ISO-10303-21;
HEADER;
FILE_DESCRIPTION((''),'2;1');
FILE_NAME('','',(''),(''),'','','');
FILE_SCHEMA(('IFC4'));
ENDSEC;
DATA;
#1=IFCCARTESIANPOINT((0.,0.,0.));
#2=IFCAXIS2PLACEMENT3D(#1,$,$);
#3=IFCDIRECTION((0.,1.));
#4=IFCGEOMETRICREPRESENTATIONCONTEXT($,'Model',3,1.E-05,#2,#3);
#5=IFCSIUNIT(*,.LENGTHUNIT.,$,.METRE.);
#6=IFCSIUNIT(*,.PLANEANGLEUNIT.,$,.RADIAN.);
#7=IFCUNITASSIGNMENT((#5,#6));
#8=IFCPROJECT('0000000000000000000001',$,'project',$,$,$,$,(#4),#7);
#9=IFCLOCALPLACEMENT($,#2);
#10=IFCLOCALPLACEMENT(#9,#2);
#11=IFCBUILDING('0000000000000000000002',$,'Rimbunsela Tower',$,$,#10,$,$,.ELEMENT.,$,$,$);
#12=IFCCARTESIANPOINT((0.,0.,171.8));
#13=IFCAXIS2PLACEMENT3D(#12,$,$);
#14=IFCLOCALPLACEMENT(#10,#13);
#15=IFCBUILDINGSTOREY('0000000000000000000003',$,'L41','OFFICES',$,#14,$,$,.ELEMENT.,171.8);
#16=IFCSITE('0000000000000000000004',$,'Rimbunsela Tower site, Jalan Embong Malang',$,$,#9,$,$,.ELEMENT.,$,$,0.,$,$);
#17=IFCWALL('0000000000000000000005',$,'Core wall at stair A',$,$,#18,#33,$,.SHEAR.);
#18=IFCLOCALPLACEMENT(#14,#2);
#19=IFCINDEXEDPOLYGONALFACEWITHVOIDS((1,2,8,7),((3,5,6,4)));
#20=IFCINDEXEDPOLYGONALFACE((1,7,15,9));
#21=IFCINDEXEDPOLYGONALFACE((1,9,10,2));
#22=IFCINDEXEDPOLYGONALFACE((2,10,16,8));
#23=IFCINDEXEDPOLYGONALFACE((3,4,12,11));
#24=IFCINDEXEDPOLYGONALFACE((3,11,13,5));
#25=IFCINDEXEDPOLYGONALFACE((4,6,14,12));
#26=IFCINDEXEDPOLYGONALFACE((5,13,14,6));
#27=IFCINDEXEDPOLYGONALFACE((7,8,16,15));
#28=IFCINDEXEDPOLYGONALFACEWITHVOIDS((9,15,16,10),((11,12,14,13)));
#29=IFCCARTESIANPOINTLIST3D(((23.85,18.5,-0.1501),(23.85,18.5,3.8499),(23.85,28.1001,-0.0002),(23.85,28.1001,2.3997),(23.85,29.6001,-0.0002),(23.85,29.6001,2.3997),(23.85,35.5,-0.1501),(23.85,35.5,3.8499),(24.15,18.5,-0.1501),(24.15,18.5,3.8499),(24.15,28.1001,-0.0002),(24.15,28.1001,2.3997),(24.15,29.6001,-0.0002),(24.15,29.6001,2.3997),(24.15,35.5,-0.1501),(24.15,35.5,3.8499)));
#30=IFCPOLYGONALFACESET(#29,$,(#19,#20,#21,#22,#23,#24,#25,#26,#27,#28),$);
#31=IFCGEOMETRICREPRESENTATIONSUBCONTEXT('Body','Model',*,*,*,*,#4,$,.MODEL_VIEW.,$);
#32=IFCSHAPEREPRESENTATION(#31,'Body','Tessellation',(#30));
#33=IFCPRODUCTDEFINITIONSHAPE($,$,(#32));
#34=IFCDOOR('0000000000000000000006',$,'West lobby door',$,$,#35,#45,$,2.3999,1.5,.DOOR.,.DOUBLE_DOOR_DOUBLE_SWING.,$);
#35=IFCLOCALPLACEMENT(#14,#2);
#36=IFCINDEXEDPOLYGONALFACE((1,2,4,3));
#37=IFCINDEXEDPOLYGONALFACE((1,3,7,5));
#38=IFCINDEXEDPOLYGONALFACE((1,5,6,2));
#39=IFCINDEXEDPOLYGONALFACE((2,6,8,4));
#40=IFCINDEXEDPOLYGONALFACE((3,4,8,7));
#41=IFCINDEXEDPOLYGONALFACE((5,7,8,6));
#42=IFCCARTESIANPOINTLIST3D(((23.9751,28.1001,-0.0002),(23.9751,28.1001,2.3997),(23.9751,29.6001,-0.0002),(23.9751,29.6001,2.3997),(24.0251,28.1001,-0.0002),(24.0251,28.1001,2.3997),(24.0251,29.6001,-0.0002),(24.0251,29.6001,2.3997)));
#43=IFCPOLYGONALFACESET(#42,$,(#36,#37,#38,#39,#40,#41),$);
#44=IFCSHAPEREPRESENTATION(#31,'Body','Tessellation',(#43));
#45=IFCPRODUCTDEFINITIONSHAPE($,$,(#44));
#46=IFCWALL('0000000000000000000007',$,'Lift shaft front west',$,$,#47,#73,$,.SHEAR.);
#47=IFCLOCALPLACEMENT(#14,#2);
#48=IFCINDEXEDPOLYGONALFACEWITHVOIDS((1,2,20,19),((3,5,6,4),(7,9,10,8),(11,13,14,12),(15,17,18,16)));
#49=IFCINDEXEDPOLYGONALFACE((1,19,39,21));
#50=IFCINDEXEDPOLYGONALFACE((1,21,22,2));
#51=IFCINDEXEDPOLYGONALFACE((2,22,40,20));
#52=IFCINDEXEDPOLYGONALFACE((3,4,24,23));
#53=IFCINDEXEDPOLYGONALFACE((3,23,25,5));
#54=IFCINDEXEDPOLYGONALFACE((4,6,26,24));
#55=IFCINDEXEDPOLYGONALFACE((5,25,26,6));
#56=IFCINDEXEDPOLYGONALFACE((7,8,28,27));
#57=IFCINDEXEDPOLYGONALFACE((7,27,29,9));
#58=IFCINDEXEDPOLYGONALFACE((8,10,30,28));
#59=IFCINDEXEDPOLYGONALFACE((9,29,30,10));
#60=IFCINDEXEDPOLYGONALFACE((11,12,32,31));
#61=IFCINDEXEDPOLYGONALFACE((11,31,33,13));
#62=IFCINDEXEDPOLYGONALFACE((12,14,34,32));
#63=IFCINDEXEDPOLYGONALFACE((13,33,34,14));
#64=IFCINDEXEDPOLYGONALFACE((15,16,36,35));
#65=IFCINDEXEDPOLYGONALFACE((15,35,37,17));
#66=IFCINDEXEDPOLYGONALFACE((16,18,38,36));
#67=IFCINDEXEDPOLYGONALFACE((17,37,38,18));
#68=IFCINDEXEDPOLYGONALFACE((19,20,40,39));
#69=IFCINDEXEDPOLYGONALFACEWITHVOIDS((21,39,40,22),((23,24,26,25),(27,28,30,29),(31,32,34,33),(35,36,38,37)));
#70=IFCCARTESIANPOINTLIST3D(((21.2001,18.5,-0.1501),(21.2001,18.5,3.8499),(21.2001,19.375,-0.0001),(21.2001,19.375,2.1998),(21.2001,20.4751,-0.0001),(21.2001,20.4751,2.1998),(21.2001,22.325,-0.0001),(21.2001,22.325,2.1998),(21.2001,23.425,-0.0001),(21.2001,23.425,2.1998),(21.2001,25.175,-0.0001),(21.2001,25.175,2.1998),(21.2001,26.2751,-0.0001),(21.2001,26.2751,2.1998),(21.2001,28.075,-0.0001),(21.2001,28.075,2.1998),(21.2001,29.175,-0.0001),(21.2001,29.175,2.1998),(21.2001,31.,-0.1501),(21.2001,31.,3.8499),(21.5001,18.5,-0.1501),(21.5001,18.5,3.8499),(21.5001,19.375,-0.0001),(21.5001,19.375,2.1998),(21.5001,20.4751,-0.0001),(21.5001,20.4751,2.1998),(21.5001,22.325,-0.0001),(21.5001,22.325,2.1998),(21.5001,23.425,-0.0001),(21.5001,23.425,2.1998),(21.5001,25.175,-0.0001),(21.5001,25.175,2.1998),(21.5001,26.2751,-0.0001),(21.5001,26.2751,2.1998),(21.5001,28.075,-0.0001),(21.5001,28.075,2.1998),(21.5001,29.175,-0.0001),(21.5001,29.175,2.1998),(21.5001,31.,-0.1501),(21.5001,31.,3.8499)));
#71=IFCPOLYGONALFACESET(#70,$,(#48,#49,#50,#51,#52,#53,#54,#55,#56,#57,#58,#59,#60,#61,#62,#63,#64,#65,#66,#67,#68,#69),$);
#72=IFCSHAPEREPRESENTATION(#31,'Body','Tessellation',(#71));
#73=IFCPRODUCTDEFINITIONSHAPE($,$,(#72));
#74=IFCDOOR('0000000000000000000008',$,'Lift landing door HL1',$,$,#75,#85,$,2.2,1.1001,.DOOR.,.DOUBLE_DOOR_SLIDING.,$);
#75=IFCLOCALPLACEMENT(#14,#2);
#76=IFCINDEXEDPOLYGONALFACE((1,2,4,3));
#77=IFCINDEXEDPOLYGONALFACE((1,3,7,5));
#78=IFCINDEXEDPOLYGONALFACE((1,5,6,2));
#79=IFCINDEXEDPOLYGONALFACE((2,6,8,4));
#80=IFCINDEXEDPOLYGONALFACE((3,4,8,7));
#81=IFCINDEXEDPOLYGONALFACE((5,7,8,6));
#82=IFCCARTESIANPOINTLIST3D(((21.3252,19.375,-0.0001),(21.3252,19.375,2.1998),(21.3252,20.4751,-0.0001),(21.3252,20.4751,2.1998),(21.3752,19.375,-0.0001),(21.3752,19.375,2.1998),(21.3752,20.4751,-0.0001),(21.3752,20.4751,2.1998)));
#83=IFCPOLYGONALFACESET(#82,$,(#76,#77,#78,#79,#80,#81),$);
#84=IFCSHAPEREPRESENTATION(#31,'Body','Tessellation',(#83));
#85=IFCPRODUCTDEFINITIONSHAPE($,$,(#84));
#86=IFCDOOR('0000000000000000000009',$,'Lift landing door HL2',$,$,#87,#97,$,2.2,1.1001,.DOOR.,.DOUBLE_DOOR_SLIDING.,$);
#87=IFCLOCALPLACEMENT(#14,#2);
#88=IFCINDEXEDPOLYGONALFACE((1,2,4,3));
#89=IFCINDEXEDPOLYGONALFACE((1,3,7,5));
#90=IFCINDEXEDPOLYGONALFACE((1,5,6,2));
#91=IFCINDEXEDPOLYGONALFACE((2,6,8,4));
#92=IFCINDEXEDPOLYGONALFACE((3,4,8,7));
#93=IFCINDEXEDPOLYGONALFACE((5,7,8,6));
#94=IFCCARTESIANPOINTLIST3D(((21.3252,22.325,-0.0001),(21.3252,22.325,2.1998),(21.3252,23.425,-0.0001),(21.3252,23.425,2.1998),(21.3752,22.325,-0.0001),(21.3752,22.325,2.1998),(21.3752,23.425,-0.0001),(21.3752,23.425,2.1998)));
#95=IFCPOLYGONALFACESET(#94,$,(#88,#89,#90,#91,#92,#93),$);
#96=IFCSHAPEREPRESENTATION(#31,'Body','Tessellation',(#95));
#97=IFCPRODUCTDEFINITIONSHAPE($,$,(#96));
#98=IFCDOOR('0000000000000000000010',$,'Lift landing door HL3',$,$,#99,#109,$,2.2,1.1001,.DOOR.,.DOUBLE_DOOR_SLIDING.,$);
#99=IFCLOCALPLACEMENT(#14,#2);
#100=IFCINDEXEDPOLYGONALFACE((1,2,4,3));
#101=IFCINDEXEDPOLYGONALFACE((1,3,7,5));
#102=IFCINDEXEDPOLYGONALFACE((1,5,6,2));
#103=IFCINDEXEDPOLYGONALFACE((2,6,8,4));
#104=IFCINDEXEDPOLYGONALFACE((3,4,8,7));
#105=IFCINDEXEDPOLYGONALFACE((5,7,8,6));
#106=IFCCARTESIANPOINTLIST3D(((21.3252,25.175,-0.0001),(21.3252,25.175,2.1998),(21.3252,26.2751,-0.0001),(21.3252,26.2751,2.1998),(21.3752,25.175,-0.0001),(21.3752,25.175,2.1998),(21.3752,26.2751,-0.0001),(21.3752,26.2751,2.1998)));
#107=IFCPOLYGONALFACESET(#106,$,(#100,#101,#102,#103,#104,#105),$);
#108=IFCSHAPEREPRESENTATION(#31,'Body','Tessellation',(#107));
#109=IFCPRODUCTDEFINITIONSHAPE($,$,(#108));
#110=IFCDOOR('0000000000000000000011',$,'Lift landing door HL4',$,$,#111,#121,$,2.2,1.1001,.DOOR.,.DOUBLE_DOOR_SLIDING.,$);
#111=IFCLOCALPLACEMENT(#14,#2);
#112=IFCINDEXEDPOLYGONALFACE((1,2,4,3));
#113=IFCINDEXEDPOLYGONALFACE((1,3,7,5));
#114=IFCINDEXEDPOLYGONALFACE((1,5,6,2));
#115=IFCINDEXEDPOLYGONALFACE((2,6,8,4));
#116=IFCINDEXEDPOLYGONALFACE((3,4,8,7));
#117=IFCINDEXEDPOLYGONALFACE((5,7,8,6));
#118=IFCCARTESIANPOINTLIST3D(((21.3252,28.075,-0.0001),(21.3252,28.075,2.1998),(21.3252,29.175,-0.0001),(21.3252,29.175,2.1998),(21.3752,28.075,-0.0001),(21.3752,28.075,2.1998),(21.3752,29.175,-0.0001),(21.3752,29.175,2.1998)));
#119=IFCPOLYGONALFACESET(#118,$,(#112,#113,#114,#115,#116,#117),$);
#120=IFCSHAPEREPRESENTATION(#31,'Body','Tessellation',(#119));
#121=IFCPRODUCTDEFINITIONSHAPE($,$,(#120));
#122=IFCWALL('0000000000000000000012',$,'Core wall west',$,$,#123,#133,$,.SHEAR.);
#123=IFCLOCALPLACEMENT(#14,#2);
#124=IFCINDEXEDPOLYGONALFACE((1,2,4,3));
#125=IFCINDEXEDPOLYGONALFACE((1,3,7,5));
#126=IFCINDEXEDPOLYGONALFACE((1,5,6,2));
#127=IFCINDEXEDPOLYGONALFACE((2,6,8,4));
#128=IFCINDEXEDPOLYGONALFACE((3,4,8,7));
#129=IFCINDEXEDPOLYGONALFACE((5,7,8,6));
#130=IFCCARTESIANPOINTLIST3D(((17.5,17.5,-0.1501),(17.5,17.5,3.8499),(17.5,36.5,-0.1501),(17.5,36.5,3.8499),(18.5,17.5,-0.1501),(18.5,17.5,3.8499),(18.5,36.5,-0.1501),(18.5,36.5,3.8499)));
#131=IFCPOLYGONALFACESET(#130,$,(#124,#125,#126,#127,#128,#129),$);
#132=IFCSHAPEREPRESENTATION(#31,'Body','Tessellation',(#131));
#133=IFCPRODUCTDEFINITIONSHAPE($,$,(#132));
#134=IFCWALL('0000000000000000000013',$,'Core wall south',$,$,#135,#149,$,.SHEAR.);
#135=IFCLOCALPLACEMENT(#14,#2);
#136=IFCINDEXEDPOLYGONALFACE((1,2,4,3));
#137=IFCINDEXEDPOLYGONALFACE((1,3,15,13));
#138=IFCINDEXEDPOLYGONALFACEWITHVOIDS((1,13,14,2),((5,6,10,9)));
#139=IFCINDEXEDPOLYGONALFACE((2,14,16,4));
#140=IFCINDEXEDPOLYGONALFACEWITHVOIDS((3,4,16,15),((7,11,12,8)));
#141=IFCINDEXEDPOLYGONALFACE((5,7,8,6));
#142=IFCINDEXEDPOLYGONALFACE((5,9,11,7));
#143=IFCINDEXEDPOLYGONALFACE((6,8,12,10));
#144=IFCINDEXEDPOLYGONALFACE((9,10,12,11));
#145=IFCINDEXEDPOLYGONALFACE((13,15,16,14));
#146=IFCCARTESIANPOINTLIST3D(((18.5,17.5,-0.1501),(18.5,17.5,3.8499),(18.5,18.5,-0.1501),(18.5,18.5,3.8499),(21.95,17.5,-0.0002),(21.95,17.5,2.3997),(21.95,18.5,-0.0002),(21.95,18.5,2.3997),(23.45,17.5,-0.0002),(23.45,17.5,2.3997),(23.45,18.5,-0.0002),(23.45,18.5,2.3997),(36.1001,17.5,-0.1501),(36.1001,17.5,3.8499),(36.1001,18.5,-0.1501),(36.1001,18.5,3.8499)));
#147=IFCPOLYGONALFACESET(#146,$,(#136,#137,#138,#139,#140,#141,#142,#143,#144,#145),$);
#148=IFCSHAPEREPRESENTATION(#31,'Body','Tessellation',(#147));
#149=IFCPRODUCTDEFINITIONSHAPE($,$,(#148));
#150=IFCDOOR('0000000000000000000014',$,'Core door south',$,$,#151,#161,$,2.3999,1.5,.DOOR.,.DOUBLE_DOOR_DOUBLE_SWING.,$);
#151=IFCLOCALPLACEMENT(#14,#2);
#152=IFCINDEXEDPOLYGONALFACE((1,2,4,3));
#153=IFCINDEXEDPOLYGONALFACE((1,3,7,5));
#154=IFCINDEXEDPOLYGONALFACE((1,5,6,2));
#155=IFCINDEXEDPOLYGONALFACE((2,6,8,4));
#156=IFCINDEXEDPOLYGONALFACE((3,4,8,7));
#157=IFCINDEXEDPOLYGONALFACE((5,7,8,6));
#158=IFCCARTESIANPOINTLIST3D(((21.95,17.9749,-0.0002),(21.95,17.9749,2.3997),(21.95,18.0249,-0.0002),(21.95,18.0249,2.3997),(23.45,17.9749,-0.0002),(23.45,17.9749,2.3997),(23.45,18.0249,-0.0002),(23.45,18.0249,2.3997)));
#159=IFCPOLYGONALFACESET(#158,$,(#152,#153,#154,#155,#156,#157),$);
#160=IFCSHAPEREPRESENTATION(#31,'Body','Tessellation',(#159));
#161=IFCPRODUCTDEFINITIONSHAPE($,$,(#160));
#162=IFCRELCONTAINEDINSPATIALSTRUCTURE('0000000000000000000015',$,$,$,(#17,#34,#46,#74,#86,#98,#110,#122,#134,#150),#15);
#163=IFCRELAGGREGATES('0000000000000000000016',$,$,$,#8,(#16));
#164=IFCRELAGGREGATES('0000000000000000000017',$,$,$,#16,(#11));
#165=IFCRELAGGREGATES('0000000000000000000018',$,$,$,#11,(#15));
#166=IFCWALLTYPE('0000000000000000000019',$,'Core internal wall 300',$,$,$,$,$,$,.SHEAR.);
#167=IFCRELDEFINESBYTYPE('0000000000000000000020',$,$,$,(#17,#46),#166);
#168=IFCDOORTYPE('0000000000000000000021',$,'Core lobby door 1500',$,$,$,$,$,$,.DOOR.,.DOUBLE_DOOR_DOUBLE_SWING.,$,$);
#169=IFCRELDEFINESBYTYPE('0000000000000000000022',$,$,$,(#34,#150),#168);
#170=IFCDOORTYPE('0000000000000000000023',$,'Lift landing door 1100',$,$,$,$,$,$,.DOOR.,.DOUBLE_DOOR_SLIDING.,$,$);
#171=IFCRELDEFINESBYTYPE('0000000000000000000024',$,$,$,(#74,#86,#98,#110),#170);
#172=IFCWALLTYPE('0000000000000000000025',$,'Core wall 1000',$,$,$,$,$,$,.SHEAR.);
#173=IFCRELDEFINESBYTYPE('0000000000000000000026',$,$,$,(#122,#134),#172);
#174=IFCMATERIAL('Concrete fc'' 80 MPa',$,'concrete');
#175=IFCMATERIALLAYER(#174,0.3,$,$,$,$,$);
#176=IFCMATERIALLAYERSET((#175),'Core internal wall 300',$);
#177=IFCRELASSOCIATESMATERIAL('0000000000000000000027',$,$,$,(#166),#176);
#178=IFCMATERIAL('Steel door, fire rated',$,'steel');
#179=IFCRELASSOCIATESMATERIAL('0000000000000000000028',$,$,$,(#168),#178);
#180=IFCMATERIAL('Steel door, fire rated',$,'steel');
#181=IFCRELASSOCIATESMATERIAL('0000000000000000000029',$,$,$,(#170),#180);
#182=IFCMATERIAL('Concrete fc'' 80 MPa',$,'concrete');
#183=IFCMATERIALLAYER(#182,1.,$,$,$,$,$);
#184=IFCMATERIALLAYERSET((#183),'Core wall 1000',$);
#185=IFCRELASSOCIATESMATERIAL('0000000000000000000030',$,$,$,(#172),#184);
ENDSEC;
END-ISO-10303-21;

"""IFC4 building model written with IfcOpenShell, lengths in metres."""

from ifc_helpers import new_model, si_unit, direction, frame, frame_2d, origin, place, context, subcontext, project, spatial, rectangle, extrude, material, layer, layer_set, type_object, element, fill, save


model = new_model("IFC4")

# Units and contexts
model_context = context("Model", 3, precision=1e-05, world=origin(), true_north=direction((0.0, 1.0)))
body_context = subcontext(model_context, "Body", "Model", "MODEL_VIEW")
ifc_project = project(units=[si_unit("LENGTHUNIT", "METRE"), si_unit("PLANEANGLEUNIT", "RADIAN")], contexts=[model_context])

# Site, building, storey
site_placement = place(None, origin())
site = spatial("IfcSite", under=ifc_project, at=site_placement, Name="Rimbunsela Tower site, Jalan Embong Malang", CompositionType="ELEMENT", RefElevation=0.0)
building_placement = place(site_placement, origin())
building = spatial("IfcBuilding", under=site, at=building_placement, Name="Rimbunsela Tower", CompositionType="ELEMENT")
storey_placement = place(building_placement, frame((0.0, 0.0, 171.8)))
storey = spatial("IfcBuildingStorey", under=building, at=storey_placement, Name="L41", Description="OFFICES", CompositionType="ELEMENT", Elevation=171.8)

# Wall, opening, door
ifc_material_1 = material(Name="Concrete fc' 80 MPa", Category="concrete")
ifc_layer_1 = layer(ifc_material_1, 0.3)
ifc_layer_set_1 = layer_set([ifc_layer_1], Name="Core internal wall 300")
wall_type_1 = type_object("IfcWallType", Name="Core internal wall 300", PredefinedType="SHEAR", material=ifc_layer_set_1)
wall_1_placement = place(storey_placement, frame((24.0, 18.5, -0.1501), z_axis=(0.0, 0.0, 1.0), x_axis=(0.0, 1.0, 0.0)))
wall_1 = element("IfcWall", 1, at=wall_1_placement, inside=storey, type_object=wall_type_1, Name="Core wall at stair A", PredefinedType="SHEAR", context=body_context, shape_type="SweptSolid", body=[
    extrude(rectangle(XDim=17.0, YDim=0.3, at=frame_2d((8.5, 0.0))), origin(), (0.0, 0.0, 1.0), 4.0),
])
opening_1_placement = place(wall_1_placement, frame((9.6001, 0.0, 0.1499)))
opening_1 = element("IfcOpeningElement", 2, at=opening_1_placement, cuts=wall_1, PredefinedType="OPENING", context=body_context, shape_type="SweptSolid", body=[
    extrude(rectangle(XDim=1.5, YDim=2.3999, at=frame_2d((0.75, 1.2))), frame((0.0, 0.1599, 0.0), z_axis=(0.0, -1.0, 0.0), x_axis=(1.0, 0.0, 0.0)), (0.0, 0.0, 1.0), 0.3201),
])
ifc_material_2 = material(Name="Steel door, fire rated", Category="steel")
door_type_1 = type_object("IfcDoorType", Name="Core lobby door 1500", OperationType="DOUBLE_DOOR_DOUBLE_SWING", PredefinedType="DOOR", material=ifc_material_2)
door_1_placement = place(opening_1_placement, origin())
door_1 = element("IfcDoor", 3, at=door_1_placement, inside=storey, type_object=door_type_1, Name="West lobby door", OperationType="DOUBLE_DOOR_DOUBLE_SWING", OverallHeight=2.3999, OverallWidth=1.5, PredefinedType="DOOR", context=body_context, shape_type="SweptSolid", body=[
    extrude(rectangle(XDim=1.5, YDim=2.3999, at=frame_2d((0.75, 1.2))), frame((0.0, 0.0249, 0.0), z_axis=(0.0, -1.0, 0.0), x_axis=(1.0, 0.0, 0.0)), (0.0, 0.0, 1.0), 0.05),
])
fill(opening_1, door_1)

# Wall, openings, doors
wall_2_placement = place(storey_placement, frame((21.3501, 18.5, -0.1501), z_axis=(0.0, 0.0, 1.0), x_axis=(0.0, 1.0, 0.0)))
wall_2 = element("IfcWall", 4, at=wall_2_placement, inside=storey, type_object=wall_type_1, Name="Lift shaft front west", PredefinedType="SHEAR", context=body_context, shape_type="SweptSolid", body=[
    extrude(rectangle(XDim=12.5, YDim=0.3, at=frame_2d((6.25, 0.0))), origin(), (0.0, 0.0, 1.0), 4.0),
])
opening_2_placement = place(wall_2_placement, frame((0.875, 0.0, 0.1499)))
opening_2 = element("IfcOpeningElement", 5, at=opening_2_placement, cuts=wall_2, PredefinedType="OPENING", context=body_context, shape_type="SweptSolid", body=[
    extrude(rectangle(XDim=1.1001, YDim=2.2, at=frame_2d((0.55, 1.1001))), frame((0.0, 0.1599, 0.0), z_axis=(0.0, -1.0, 0.0), x_axis=(1.0, 0.0, 0.0)), (0.0, 0.0, 1.0), 0.3201),
])
opening_3_placement = place(wall_2_placement, frame((3.825, 0.0, 0.1499)))
opening_3 = element("IfcOpeningElement", 6, at=opening_3_placement, cuts=wall_2, PredefinedType="OPENING", context=body_context, shape_type="SweptSolid", body=[
    extrude(rectangle(XDim=1.1001, YDim=2.2, at=frame_2d((0.55, 1.1001))), frame((0.0, 0.1599, 0.0), z_axis=(0.0, -1.0, 0.0), x_axis=(1.0, 0.0, 0.0)), (0.0, 0.0, 1.0), 0.3201),
])
opening_4_placement = place(wall_2_placement, frame((6.675, 0.0, 0.1499)))
opening_4 = element("IfcOpeningElement", 7, at=opening_4_placement, cuts=wall_2, PredefinedType="OPENING", context=body_context, shape_type="SweptSolid", body=[
    extrude(rectangle(XDim=1.1001, YDim=2.2, at=frame_2d((0.55, 1.1001))), frame((0.0, 0.1599, 0.0), z_axis=(0.0, -1.0, 0.0), x_axis=(1.0, 0.0, 0.0)), (0.0, 0.0, 1.0), 0.3201),
])
opening_5_placement = place(wall_2_placement, frame((9.575, 0.0, 0.1499)))
opening_5 = element("IfcOpeningElement", 8, at=opening_5_placement, cuts=wall_2, PredefinedType="OPENING", context=body_context, shape_type="SweptSolid", body=[
    extrude(rectangle(XDim=1.1001, YDim=2.2, at=frame_2d((0.55, 1.1001))), frame((0.0, 0.1599, 0.0), z_axis=(0.0, -1.0, 0.0), x_axis=(1.0, 0.0, 0.0)), (0.0, 0.0, 1.0), 0.3201),
])
ifc_material_3 = material(Name="Steel door, fire rated", Category="steel")
door_type_2 = type_object("IfcDoorType", Name="Lift landing door 1100", OperationType="DOUBLE_DOOR_SLIDING", PredefinedType="DOOR", material=ifc_material_3)
door_2_placement = place(opening_2_placement, origin())
door_2 = element("IfcDoor", 9, at=door_2_placement, inside=storey, type_object=door_type_2, Name="Lift landing door HL1", OperationType="DOUBLE_DOOR_SLIDING", OverallHeight=2.2, OverallWidth=1.1001, PredefinedType="DOOR", context=body_context, shape_type="SweptSolid", body=[
    extrude(rectangle(XDim=1.1001, YDim=2.2, at=frame_2d((0.55, 1.1001))), frame((0.0, 0.0249, 0.0), z_axis=(0.0, -1.0, 0.0), x_axis=(1.0, 0.0, 0.0)), (0.0, 0.0, 1.0), 0.05),
])
fill(opening_2, door_2)
door_3_placement = place(opening_3_placement, origin())
door_3 = element("IfcDoor", 10, at=door_3_placement, inside=storey, type_object=door_type_2, Name="Lift landing door HL2", OperationType="DOUBLE_DOOR_SLIDING", OverallHeight=2.2, OverallWidth=1.1001, PredefinedType="DOOR", context=body_context, shape_type="SweptSolid", body=[
    extrude(rectangle(XDim=1.1001, YDim=2.2, at=frame_2d((0.55, 1.1001))), frame((0.0, 0.0249, 0.0), z_axis=(0.0, -1.0, 0.0), x_axis=(1.0, 0.0, 0.0)), (0.0, 0.0, 1.0), 0.05),
])
fill(opening_3, door_3)
door_4_placement = place(opening_4_placement, origin())
door_4 = element("IfcDoor", 11, at=door_4_placement, inside=storey, type_object=door_type_2, Name="Lift landing door HL3", OperationType="DOUBLE_DOOR_SLIDING", OverallHeight=2.2, OverallWidth=1.1001, PredefinedType="DOOR", context=body_context, shape_type="SweptSolid", body=[
    extrude(rectangle(XDim=1.1001, YDim=2.2, at=frame_2d((0.55, 1.1001))), frame((0.0, 0.0249, 0.0), z_axis=(0.0, -1.0, 0.0), x_axis=(1.0, 0.0, 0.0)), (0.0, 0.0, 1.0), 0.05),
])
fill(opening_4, door_4)
door_5_placement = place(opening_5_placement, origin())
door_5 = element("IfcDoor", 12, at=door_5_placement, inside=storey, type_object=door_type_2, Name="Lift landing door HL4", OperationType="DOUBLE_DOOR_SLIDING", OverallHeight=2.2, OverallWidth=1.1001, PredefinedType="DOOR", context=body_context, shape_type="SweptSolid", body=[
    extrude(rectangle(XDim=1.1001, YDim=2.2, at=frame_2d((0.55, 1.1001))), frame((0.0, 0.0249, 0.0), z_axis=(0.0, -1.0, 0.0), x_axis=(1.0, 0.0, 0.0)), (0.0, 0.0, 1.0), 0.05),
])
fill(opening_5, door_5)

# Wall
ifc_material_4 = material(Name="Concrete fc' 80 MPa", Category="concrete")
ifc_layer_2 = layer(ifc_material_4, 1.0)
ifc_layer_set_2 = layer_set([ifc_layer_2], Name="Core wall 1000")
wall_type_2 = type_object("IfcWallType", Name="Core wall 1000", PredefinedType="SHEAR", material=ifc_layer_set_2)
wall_3_placement = place(storey_placement, frame((18.0, 17.5, -0.1501), z_axis=(0.0, 0.0, 1.0), x_axis=(0.0, 1.0, 0.0)))
element("IfcWall", 13, at=wall_3_placement, inside=storey, type_object=wall_type_2, Name="Core wall west", PredefinedType="SHEAR", context=body_context, shape_type="SweptSolid", body=[
    extrude(rectangle(XDim=19.0, YDim=1.0, at=frame_2d((9.5, 0.0))), origin(), (0.0, 0.0, 1.0), 4.0),
])

# Wall, opening, door
wall_4_placement = place(storey_placement, frame((18.5, 18.0, -0.1501), z_axis=(0.0, 0.0, 1.0), x_axis=(1.0, 0.0, 0.0)))
wall_4 = element("IfcWall", 14, at=wall_4_placement, inside=storey, type_object=wall_type_2, Name="Core wall south", PredefinedType="SHEAR", context=body_context, shape_type="SweptSolid", body=[
    extrude(rectangle(XDim=17.6001, YDim=1.0, at=frame_2d((8.8, 0.0))), origin(), (0.0, 0.0, 1.0), 4.0),
])
opening_6_placement = place(wall_4_placement, frame((3.45, 0.0, 0.1499)))
opening_6 = element("IfcOpeningElement", 15, at=opening_6_placement, cuts=wall_4, PredefinedType="OPENING", context=body_context, shape_type="SweptSolid", body=[
    extrude(rectangle(XDim=1.5, YDim=2.3999, at=frame_2d((0.75, 1.2))), frame((0.0, 0.51, 0.0), z_axis=(0.0, -1.0, 0.0), x_axis=(1.0, 0.0, 0.0)), (0.0, 0.0, 1.0), 1.02),
])
door_6_placement = place(opening_6_placement, origin())
door_6 = element("IfcDoor", 16, at=door_6_placement, inside=storey, type_object=door_type_1, Name="Core door south", OperationType="DOUBLE_DOOR_DOUBLE_SWING", OverallHeight=2.3999, OverallWidth=1.5, PredefinedType="DOOR", context=body_context, shape_type="SweptSolid", body=[
    extrude(rectangle(XDim=1.5, YDim=2.3999, at=frame_2d((0.75, 1.2))), frame((0.0, 0.0249, 0.0), z_axis=(0.0, -1.0, 0.0), x_axis=(1.0, 0.0, 0.0)), (0.0, 0.0, 1.0), 0.05),
])
fill(opening_6, door_6)

save(model, "model.ifc")
